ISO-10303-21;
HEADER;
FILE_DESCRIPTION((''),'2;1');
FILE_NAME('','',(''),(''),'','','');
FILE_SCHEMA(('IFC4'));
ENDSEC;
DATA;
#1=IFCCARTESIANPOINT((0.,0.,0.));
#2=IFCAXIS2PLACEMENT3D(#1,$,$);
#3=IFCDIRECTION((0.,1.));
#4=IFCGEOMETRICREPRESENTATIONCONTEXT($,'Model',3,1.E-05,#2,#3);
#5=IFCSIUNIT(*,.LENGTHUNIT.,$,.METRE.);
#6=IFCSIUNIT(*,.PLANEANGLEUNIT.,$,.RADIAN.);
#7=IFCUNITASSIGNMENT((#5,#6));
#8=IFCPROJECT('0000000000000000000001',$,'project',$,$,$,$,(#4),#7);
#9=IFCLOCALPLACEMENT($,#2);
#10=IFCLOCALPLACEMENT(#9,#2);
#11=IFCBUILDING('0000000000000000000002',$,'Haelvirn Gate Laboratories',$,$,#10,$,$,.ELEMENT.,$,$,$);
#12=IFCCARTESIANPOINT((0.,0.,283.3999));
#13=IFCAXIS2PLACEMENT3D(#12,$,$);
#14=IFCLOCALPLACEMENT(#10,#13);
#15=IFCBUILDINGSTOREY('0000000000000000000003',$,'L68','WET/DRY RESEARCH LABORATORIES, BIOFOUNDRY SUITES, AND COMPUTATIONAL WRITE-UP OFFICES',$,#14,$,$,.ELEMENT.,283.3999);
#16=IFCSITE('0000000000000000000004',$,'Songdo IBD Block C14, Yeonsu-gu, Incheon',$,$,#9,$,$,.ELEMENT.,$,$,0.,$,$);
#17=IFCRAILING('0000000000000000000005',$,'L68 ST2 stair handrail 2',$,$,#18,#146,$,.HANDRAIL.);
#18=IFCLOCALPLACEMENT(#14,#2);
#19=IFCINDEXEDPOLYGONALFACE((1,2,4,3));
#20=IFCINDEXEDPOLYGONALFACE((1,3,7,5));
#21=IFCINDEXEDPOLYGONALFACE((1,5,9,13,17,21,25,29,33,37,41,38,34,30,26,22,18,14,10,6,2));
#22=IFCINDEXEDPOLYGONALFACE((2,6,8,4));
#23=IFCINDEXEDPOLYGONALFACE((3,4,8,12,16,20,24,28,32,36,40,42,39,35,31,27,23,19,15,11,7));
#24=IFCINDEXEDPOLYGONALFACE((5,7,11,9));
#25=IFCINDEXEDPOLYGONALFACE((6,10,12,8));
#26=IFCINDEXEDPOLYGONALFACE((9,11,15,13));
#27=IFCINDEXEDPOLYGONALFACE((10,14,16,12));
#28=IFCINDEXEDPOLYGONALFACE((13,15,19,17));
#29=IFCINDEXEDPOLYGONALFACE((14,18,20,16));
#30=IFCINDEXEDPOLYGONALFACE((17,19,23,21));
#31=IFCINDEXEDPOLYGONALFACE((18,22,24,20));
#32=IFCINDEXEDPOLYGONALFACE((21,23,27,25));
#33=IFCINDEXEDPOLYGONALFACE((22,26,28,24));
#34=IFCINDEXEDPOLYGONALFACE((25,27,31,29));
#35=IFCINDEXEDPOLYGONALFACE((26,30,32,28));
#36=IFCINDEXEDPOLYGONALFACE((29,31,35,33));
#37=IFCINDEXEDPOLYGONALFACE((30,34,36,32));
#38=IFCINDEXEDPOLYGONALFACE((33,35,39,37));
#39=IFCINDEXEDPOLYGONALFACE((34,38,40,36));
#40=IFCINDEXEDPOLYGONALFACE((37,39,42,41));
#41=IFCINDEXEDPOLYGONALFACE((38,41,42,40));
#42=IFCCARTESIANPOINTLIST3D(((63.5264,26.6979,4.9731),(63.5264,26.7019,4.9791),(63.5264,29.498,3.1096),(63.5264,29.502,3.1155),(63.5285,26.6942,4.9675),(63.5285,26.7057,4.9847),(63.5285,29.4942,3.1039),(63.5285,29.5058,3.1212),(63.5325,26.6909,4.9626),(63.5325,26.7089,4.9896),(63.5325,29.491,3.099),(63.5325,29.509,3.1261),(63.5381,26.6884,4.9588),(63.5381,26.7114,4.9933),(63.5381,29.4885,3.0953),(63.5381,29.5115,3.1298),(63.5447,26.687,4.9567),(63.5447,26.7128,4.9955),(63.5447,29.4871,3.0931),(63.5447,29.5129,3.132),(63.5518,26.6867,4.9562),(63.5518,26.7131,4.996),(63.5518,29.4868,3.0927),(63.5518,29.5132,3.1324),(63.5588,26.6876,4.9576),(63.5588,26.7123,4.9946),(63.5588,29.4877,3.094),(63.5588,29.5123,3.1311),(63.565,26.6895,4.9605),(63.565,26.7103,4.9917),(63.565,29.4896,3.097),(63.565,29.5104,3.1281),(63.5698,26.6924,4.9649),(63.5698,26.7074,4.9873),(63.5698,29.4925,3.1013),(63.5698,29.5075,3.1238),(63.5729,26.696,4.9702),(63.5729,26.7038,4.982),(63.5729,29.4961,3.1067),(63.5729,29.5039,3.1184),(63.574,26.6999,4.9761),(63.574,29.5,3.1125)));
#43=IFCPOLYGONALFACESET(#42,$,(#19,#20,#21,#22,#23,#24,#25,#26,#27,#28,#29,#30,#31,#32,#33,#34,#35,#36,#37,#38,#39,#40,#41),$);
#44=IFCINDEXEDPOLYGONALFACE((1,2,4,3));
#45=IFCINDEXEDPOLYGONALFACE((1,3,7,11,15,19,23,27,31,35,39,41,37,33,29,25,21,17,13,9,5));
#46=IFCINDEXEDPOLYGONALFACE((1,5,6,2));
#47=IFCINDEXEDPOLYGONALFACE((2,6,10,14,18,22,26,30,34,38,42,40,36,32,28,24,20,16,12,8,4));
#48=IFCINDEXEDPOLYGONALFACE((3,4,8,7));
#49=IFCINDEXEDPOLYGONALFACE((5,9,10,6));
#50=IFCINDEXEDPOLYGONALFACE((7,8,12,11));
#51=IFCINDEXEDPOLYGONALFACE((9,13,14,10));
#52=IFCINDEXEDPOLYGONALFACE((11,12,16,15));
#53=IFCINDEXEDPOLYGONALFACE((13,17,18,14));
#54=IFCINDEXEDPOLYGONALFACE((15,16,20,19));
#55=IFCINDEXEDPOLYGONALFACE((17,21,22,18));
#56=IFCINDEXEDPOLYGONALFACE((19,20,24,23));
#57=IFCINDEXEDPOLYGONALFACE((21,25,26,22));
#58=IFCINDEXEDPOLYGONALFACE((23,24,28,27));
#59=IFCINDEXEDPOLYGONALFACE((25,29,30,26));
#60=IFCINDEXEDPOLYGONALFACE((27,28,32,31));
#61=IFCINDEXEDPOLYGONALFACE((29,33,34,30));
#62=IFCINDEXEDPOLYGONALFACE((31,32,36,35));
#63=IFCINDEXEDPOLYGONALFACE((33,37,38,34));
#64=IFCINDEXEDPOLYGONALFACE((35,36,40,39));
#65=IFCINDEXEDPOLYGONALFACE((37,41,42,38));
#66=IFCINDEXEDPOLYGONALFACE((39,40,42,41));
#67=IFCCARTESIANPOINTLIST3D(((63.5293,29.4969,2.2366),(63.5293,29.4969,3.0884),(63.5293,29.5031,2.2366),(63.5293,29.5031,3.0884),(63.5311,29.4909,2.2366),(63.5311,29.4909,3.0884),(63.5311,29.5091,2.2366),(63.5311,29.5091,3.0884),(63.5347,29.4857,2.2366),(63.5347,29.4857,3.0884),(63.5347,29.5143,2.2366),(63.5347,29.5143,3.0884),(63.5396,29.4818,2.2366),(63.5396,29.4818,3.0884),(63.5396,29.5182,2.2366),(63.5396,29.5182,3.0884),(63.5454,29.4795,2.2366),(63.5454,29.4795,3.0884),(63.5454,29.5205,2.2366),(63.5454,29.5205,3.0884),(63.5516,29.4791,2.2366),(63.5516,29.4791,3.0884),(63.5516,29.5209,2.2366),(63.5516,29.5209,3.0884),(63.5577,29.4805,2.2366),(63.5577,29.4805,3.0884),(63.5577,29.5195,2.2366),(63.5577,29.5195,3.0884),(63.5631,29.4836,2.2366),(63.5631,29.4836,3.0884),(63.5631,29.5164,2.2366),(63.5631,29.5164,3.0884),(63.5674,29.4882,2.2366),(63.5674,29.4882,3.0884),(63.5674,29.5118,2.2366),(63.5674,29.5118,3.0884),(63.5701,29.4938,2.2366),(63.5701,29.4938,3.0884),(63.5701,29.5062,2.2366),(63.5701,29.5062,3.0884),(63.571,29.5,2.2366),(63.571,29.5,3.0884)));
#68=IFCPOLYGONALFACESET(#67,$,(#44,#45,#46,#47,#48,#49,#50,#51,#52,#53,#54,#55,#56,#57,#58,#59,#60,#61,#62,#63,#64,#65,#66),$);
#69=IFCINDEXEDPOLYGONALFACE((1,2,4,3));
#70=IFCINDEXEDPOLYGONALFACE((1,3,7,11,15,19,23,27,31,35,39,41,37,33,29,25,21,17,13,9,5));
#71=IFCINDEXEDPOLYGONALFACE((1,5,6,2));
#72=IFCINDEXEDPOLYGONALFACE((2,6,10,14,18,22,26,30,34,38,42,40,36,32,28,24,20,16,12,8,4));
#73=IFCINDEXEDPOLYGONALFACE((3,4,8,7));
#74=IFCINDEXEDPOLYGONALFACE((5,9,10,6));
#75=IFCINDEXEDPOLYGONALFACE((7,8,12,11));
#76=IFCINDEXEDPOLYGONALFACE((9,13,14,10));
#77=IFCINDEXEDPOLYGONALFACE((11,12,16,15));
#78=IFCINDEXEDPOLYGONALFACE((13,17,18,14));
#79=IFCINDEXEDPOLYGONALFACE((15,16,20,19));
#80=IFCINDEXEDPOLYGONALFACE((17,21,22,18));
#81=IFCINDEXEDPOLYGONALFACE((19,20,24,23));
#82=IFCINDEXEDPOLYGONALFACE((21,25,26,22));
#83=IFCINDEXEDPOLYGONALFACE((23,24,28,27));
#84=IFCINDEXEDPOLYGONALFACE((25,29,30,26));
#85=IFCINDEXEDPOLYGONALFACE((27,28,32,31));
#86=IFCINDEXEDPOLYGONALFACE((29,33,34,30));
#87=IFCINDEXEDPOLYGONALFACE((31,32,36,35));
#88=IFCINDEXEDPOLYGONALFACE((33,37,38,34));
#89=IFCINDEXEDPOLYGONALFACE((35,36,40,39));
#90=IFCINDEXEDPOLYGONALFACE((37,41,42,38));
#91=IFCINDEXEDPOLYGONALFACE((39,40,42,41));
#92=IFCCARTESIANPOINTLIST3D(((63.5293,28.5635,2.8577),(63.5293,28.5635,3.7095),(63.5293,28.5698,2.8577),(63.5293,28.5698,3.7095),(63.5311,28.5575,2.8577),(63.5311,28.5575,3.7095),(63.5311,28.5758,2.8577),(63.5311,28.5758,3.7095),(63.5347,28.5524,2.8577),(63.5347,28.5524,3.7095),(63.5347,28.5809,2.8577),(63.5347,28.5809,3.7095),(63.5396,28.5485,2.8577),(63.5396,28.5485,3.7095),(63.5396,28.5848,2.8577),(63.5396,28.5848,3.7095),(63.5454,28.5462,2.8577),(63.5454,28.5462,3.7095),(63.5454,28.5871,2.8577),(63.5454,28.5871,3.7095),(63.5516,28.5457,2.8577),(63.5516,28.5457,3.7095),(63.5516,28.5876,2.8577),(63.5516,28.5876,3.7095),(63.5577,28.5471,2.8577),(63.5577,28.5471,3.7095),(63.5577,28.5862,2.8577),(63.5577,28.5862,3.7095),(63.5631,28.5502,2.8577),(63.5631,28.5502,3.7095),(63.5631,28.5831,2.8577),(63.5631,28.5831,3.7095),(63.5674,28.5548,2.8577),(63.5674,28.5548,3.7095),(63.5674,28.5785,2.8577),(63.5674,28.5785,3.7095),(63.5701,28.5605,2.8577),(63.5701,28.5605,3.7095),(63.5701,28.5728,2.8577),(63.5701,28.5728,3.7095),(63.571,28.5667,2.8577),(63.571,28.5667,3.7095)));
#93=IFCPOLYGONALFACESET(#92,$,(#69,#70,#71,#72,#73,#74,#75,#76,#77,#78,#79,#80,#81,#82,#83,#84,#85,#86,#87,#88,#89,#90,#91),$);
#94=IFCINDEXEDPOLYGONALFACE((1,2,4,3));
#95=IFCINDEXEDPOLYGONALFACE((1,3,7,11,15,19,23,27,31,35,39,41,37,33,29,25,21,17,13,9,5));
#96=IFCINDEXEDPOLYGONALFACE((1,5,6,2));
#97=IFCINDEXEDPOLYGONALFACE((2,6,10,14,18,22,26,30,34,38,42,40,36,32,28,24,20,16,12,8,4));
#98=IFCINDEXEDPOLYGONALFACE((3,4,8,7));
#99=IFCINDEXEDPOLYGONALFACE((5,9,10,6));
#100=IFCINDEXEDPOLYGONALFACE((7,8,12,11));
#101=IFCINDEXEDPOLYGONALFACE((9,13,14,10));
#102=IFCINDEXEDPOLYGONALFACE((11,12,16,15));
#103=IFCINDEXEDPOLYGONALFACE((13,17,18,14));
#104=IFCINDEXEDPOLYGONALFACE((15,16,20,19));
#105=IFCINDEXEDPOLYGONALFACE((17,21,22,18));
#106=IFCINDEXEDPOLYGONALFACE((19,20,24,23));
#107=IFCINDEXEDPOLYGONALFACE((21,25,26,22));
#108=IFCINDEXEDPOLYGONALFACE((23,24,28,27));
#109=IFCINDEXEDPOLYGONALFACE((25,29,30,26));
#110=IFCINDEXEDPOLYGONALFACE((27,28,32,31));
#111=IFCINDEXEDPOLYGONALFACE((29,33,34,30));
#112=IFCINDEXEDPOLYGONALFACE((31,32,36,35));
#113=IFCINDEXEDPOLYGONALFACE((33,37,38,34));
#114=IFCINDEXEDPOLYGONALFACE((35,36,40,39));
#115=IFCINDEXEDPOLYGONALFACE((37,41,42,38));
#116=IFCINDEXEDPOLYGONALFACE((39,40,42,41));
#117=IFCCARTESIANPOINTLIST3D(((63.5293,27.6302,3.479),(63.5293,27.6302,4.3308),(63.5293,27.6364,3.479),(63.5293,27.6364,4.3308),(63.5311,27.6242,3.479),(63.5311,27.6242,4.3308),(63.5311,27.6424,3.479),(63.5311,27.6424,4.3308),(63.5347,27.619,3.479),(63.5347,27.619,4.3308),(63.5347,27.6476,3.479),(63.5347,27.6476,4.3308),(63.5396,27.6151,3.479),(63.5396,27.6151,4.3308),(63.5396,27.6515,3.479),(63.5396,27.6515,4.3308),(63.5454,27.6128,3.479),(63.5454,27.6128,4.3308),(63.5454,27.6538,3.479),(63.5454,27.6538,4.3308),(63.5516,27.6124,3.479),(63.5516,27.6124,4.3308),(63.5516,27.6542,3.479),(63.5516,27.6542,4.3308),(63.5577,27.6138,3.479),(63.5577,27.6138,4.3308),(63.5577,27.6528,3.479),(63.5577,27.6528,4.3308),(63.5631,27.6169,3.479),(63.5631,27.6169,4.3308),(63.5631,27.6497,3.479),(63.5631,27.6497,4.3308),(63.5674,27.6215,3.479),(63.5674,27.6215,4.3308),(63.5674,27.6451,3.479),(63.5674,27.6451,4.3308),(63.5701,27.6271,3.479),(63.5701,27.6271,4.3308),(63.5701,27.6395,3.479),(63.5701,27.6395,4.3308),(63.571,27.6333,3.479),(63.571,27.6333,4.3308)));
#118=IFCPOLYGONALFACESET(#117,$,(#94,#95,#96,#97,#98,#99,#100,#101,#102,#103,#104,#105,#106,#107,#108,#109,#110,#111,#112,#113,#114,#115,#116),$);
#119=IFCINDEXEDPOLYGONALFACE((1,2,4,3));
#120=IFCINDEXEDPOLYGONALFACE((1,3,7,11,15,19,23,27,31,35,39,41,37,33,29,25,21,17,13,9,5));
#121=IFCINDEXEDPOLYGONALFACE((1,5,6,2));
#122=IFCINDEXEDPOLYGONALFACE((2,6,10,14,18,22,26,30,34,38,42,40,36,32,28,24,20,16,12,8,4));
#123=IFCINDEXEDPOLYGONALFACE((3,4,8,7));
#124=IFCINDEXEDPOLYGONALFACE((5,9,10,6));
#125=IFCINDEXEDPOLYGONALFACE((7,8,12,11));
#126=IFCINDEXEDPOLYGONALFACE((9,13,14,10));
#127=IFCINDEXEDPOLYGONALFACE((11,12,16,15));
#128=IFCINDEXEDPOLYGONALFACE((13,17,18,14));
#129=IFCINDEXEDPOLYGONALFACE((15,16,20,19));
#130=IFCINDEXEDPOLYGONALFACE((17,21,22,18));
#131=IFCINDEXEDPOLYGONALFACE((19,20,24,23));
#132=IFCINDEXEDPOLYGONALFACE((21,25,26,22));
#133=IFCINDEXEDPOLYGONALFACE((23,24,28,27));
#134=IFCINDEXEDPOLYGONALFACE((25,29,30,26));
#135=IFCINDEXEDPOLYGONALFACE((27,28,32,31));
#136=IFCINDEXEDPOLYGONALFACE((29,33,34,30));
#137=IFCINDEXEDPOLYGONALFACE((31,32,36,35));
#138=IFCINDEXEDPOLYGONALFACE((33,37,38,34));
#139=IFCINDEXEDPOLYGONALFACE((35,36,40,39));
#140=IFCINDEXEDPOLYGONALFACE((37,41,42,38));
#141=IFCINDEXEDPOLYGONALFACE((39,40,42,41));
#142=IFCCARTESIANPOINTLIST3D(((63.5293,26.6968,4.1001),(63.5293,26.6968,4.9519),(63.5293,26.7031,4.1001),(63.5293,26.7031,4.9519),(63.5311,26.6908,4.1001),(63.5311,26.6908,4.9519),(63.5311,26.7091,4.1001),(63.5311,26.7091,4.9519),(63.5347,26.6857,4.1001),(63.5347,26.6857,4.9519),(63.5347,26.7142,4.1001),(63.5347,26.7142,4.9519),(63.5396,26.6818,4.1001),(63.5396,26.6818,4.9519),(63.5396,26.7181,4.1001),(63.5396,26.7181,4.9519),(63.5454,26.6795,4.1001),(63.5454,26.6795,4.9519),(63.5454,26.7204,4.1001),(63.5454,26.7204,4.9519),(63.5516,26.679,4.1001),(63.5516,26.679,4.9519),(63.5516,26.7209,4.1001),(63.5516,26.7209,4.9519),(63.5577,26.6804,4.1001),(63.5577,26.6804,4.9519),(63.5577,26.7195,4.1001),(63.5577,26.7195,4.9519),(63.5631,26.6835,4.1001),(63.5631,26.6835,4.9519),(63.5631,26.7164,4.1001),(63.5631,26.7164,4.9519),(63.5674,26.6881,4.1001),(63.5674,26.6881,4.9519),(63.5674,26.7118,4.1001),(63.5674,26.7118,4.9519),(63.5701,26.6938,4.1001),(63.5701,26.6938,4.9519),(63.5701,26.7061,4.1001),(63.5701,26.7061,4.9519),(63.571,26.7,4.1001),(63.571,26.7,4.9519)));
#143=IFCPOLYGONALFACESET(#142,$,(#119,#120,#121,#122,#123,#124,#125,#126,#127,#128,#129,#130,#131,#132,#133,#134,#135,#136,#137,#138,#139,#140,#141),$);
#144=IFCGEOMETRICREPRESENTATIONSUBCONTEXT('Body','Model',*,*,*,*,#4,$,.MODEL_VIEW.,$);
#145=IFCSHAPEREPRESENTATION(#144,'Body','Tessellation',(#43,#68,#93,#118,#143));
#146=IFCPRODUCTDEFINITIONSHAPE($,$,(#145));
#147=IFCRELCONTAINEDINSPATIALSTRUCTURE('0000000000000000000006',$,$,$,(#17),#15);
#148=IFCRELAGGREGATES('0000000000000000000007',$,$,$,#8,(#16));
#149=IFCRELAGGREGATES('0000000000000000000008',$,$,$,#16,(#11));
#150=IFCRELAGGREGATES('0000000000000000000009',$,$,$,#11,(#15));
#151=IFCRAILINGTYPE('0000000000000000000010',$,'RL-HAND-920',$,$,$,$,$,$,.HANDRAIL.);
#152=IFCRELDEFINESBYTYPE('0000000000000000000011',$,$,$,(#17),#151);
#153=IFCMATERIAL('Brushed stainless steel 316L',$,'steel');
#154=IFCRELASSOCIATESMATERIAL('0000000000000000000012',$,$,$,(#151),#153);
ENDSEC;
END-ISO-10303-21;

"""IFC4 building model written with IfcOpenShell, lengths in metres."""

from ifc_helpers import new_model, si_unit, direction, frame, origin, origin_2d, place, context, subcontext, project, spatial, circle, extrude, source, transform, mapped, material, type_object, element, save


model = new_model("IFC4")

# Units and contexts
model_context = context("Model", 3, precision=1e-05, world=origin(), true_north=direction((0.0, 1.0)))
body_context = subcontext(model_context, "Body", "Model", "MODEL_VIEW")
ifc_project = project(units=[si_unit("LENGTHUNIT", "METRE"), si_unit("PLANEANGLEUNIT", "RADIAN")], contexts=[model_context])

# Site, building, storey
site_placement = place(None, origin())
site = spatial("IfcSite", under=ifc_project, at=site_placement, Name="Songdo IBD Block C14, Yeonsu-gu, Incheon", CompositionType="ELEMENT", RefElevation=0.0)
building_placement = place(site_placement, origin())
building = spatial("IfcBuilding", under=site, at=building_placement, Name="Haelvirn Gate Laboratories", CompositionType="ELEMENT")
storey_placement = place(building_placement, frame((0.0, 0.0, 283.3999)))
storey = spatial("IfcBuildingStorey", under=building, at=storey_placement, Name="L68", Description="WET/DRY RESEARCH LABORATORIES, BIOFOUNDRY SUITES, AND COMPUTATIONAL WRITE-UP OFFICES", CompositionType="ELEMENT", Elevation=283.3999)

# Railing
ifc_material_1 = material(Name="Brushed stainless steel 316L", Category="steel")
railing_type_1 = type_object("IfcRailingType", Name="RL-HAND-920", PredefinedType="HANDRAIL", material=ifc_material_1)
shared_shape_1 = source(origin(), body_context, "Body", "SweptSolid", [
    extrude(circle(Radius=0.0239, at=origin_2d()), frame((0.0, 0.0, 0.876), z_axis=(0.0, -0.832486, 0.554047), x_axis=(1.0, 0.0, 0.0)), (0.0, 0.0, 1.0), 3.3635),
    extrude(circle(Radius=0.021, at=origin_2d()), origin(), (0.0, 0.0, 1.0), 0.8518),
    extrude(circle(Radius=0.021, at=origin_2d()), frame((0.0, -0.9333, 0.6211)), (0.0, 0.0, 1.0), 0.8518),
    extrude(circle(Radius=0.021, at=origin_2d()), frame((0.0, -1.8667, 1.2424)), (0.0, 0.0, 1.0), 0.8518),
    extrude(circle(Radius=0.021, at=origin_2d()), frame((0.0, -2.8, 1.8635)), (0.0, 0.0, 1.0), 0.8518),
])
railing_1_placement = place(storey_placement, frame((63.55, 29.5, 2.2366)))
element("IfcRailing", 1, at=railing_1_placement, inside=storey, type_object=railing_type_1, Name="L68 ST2 stair handrail 2", PredefinedType="HANDRAIL", context=body_context, shape_type="MappedRepresentation", body=[
    mapped(shared_shape_1, transform((0.0, 0.0, 0.0), scale=1.0)),
])

save(model, "model.ifc")
